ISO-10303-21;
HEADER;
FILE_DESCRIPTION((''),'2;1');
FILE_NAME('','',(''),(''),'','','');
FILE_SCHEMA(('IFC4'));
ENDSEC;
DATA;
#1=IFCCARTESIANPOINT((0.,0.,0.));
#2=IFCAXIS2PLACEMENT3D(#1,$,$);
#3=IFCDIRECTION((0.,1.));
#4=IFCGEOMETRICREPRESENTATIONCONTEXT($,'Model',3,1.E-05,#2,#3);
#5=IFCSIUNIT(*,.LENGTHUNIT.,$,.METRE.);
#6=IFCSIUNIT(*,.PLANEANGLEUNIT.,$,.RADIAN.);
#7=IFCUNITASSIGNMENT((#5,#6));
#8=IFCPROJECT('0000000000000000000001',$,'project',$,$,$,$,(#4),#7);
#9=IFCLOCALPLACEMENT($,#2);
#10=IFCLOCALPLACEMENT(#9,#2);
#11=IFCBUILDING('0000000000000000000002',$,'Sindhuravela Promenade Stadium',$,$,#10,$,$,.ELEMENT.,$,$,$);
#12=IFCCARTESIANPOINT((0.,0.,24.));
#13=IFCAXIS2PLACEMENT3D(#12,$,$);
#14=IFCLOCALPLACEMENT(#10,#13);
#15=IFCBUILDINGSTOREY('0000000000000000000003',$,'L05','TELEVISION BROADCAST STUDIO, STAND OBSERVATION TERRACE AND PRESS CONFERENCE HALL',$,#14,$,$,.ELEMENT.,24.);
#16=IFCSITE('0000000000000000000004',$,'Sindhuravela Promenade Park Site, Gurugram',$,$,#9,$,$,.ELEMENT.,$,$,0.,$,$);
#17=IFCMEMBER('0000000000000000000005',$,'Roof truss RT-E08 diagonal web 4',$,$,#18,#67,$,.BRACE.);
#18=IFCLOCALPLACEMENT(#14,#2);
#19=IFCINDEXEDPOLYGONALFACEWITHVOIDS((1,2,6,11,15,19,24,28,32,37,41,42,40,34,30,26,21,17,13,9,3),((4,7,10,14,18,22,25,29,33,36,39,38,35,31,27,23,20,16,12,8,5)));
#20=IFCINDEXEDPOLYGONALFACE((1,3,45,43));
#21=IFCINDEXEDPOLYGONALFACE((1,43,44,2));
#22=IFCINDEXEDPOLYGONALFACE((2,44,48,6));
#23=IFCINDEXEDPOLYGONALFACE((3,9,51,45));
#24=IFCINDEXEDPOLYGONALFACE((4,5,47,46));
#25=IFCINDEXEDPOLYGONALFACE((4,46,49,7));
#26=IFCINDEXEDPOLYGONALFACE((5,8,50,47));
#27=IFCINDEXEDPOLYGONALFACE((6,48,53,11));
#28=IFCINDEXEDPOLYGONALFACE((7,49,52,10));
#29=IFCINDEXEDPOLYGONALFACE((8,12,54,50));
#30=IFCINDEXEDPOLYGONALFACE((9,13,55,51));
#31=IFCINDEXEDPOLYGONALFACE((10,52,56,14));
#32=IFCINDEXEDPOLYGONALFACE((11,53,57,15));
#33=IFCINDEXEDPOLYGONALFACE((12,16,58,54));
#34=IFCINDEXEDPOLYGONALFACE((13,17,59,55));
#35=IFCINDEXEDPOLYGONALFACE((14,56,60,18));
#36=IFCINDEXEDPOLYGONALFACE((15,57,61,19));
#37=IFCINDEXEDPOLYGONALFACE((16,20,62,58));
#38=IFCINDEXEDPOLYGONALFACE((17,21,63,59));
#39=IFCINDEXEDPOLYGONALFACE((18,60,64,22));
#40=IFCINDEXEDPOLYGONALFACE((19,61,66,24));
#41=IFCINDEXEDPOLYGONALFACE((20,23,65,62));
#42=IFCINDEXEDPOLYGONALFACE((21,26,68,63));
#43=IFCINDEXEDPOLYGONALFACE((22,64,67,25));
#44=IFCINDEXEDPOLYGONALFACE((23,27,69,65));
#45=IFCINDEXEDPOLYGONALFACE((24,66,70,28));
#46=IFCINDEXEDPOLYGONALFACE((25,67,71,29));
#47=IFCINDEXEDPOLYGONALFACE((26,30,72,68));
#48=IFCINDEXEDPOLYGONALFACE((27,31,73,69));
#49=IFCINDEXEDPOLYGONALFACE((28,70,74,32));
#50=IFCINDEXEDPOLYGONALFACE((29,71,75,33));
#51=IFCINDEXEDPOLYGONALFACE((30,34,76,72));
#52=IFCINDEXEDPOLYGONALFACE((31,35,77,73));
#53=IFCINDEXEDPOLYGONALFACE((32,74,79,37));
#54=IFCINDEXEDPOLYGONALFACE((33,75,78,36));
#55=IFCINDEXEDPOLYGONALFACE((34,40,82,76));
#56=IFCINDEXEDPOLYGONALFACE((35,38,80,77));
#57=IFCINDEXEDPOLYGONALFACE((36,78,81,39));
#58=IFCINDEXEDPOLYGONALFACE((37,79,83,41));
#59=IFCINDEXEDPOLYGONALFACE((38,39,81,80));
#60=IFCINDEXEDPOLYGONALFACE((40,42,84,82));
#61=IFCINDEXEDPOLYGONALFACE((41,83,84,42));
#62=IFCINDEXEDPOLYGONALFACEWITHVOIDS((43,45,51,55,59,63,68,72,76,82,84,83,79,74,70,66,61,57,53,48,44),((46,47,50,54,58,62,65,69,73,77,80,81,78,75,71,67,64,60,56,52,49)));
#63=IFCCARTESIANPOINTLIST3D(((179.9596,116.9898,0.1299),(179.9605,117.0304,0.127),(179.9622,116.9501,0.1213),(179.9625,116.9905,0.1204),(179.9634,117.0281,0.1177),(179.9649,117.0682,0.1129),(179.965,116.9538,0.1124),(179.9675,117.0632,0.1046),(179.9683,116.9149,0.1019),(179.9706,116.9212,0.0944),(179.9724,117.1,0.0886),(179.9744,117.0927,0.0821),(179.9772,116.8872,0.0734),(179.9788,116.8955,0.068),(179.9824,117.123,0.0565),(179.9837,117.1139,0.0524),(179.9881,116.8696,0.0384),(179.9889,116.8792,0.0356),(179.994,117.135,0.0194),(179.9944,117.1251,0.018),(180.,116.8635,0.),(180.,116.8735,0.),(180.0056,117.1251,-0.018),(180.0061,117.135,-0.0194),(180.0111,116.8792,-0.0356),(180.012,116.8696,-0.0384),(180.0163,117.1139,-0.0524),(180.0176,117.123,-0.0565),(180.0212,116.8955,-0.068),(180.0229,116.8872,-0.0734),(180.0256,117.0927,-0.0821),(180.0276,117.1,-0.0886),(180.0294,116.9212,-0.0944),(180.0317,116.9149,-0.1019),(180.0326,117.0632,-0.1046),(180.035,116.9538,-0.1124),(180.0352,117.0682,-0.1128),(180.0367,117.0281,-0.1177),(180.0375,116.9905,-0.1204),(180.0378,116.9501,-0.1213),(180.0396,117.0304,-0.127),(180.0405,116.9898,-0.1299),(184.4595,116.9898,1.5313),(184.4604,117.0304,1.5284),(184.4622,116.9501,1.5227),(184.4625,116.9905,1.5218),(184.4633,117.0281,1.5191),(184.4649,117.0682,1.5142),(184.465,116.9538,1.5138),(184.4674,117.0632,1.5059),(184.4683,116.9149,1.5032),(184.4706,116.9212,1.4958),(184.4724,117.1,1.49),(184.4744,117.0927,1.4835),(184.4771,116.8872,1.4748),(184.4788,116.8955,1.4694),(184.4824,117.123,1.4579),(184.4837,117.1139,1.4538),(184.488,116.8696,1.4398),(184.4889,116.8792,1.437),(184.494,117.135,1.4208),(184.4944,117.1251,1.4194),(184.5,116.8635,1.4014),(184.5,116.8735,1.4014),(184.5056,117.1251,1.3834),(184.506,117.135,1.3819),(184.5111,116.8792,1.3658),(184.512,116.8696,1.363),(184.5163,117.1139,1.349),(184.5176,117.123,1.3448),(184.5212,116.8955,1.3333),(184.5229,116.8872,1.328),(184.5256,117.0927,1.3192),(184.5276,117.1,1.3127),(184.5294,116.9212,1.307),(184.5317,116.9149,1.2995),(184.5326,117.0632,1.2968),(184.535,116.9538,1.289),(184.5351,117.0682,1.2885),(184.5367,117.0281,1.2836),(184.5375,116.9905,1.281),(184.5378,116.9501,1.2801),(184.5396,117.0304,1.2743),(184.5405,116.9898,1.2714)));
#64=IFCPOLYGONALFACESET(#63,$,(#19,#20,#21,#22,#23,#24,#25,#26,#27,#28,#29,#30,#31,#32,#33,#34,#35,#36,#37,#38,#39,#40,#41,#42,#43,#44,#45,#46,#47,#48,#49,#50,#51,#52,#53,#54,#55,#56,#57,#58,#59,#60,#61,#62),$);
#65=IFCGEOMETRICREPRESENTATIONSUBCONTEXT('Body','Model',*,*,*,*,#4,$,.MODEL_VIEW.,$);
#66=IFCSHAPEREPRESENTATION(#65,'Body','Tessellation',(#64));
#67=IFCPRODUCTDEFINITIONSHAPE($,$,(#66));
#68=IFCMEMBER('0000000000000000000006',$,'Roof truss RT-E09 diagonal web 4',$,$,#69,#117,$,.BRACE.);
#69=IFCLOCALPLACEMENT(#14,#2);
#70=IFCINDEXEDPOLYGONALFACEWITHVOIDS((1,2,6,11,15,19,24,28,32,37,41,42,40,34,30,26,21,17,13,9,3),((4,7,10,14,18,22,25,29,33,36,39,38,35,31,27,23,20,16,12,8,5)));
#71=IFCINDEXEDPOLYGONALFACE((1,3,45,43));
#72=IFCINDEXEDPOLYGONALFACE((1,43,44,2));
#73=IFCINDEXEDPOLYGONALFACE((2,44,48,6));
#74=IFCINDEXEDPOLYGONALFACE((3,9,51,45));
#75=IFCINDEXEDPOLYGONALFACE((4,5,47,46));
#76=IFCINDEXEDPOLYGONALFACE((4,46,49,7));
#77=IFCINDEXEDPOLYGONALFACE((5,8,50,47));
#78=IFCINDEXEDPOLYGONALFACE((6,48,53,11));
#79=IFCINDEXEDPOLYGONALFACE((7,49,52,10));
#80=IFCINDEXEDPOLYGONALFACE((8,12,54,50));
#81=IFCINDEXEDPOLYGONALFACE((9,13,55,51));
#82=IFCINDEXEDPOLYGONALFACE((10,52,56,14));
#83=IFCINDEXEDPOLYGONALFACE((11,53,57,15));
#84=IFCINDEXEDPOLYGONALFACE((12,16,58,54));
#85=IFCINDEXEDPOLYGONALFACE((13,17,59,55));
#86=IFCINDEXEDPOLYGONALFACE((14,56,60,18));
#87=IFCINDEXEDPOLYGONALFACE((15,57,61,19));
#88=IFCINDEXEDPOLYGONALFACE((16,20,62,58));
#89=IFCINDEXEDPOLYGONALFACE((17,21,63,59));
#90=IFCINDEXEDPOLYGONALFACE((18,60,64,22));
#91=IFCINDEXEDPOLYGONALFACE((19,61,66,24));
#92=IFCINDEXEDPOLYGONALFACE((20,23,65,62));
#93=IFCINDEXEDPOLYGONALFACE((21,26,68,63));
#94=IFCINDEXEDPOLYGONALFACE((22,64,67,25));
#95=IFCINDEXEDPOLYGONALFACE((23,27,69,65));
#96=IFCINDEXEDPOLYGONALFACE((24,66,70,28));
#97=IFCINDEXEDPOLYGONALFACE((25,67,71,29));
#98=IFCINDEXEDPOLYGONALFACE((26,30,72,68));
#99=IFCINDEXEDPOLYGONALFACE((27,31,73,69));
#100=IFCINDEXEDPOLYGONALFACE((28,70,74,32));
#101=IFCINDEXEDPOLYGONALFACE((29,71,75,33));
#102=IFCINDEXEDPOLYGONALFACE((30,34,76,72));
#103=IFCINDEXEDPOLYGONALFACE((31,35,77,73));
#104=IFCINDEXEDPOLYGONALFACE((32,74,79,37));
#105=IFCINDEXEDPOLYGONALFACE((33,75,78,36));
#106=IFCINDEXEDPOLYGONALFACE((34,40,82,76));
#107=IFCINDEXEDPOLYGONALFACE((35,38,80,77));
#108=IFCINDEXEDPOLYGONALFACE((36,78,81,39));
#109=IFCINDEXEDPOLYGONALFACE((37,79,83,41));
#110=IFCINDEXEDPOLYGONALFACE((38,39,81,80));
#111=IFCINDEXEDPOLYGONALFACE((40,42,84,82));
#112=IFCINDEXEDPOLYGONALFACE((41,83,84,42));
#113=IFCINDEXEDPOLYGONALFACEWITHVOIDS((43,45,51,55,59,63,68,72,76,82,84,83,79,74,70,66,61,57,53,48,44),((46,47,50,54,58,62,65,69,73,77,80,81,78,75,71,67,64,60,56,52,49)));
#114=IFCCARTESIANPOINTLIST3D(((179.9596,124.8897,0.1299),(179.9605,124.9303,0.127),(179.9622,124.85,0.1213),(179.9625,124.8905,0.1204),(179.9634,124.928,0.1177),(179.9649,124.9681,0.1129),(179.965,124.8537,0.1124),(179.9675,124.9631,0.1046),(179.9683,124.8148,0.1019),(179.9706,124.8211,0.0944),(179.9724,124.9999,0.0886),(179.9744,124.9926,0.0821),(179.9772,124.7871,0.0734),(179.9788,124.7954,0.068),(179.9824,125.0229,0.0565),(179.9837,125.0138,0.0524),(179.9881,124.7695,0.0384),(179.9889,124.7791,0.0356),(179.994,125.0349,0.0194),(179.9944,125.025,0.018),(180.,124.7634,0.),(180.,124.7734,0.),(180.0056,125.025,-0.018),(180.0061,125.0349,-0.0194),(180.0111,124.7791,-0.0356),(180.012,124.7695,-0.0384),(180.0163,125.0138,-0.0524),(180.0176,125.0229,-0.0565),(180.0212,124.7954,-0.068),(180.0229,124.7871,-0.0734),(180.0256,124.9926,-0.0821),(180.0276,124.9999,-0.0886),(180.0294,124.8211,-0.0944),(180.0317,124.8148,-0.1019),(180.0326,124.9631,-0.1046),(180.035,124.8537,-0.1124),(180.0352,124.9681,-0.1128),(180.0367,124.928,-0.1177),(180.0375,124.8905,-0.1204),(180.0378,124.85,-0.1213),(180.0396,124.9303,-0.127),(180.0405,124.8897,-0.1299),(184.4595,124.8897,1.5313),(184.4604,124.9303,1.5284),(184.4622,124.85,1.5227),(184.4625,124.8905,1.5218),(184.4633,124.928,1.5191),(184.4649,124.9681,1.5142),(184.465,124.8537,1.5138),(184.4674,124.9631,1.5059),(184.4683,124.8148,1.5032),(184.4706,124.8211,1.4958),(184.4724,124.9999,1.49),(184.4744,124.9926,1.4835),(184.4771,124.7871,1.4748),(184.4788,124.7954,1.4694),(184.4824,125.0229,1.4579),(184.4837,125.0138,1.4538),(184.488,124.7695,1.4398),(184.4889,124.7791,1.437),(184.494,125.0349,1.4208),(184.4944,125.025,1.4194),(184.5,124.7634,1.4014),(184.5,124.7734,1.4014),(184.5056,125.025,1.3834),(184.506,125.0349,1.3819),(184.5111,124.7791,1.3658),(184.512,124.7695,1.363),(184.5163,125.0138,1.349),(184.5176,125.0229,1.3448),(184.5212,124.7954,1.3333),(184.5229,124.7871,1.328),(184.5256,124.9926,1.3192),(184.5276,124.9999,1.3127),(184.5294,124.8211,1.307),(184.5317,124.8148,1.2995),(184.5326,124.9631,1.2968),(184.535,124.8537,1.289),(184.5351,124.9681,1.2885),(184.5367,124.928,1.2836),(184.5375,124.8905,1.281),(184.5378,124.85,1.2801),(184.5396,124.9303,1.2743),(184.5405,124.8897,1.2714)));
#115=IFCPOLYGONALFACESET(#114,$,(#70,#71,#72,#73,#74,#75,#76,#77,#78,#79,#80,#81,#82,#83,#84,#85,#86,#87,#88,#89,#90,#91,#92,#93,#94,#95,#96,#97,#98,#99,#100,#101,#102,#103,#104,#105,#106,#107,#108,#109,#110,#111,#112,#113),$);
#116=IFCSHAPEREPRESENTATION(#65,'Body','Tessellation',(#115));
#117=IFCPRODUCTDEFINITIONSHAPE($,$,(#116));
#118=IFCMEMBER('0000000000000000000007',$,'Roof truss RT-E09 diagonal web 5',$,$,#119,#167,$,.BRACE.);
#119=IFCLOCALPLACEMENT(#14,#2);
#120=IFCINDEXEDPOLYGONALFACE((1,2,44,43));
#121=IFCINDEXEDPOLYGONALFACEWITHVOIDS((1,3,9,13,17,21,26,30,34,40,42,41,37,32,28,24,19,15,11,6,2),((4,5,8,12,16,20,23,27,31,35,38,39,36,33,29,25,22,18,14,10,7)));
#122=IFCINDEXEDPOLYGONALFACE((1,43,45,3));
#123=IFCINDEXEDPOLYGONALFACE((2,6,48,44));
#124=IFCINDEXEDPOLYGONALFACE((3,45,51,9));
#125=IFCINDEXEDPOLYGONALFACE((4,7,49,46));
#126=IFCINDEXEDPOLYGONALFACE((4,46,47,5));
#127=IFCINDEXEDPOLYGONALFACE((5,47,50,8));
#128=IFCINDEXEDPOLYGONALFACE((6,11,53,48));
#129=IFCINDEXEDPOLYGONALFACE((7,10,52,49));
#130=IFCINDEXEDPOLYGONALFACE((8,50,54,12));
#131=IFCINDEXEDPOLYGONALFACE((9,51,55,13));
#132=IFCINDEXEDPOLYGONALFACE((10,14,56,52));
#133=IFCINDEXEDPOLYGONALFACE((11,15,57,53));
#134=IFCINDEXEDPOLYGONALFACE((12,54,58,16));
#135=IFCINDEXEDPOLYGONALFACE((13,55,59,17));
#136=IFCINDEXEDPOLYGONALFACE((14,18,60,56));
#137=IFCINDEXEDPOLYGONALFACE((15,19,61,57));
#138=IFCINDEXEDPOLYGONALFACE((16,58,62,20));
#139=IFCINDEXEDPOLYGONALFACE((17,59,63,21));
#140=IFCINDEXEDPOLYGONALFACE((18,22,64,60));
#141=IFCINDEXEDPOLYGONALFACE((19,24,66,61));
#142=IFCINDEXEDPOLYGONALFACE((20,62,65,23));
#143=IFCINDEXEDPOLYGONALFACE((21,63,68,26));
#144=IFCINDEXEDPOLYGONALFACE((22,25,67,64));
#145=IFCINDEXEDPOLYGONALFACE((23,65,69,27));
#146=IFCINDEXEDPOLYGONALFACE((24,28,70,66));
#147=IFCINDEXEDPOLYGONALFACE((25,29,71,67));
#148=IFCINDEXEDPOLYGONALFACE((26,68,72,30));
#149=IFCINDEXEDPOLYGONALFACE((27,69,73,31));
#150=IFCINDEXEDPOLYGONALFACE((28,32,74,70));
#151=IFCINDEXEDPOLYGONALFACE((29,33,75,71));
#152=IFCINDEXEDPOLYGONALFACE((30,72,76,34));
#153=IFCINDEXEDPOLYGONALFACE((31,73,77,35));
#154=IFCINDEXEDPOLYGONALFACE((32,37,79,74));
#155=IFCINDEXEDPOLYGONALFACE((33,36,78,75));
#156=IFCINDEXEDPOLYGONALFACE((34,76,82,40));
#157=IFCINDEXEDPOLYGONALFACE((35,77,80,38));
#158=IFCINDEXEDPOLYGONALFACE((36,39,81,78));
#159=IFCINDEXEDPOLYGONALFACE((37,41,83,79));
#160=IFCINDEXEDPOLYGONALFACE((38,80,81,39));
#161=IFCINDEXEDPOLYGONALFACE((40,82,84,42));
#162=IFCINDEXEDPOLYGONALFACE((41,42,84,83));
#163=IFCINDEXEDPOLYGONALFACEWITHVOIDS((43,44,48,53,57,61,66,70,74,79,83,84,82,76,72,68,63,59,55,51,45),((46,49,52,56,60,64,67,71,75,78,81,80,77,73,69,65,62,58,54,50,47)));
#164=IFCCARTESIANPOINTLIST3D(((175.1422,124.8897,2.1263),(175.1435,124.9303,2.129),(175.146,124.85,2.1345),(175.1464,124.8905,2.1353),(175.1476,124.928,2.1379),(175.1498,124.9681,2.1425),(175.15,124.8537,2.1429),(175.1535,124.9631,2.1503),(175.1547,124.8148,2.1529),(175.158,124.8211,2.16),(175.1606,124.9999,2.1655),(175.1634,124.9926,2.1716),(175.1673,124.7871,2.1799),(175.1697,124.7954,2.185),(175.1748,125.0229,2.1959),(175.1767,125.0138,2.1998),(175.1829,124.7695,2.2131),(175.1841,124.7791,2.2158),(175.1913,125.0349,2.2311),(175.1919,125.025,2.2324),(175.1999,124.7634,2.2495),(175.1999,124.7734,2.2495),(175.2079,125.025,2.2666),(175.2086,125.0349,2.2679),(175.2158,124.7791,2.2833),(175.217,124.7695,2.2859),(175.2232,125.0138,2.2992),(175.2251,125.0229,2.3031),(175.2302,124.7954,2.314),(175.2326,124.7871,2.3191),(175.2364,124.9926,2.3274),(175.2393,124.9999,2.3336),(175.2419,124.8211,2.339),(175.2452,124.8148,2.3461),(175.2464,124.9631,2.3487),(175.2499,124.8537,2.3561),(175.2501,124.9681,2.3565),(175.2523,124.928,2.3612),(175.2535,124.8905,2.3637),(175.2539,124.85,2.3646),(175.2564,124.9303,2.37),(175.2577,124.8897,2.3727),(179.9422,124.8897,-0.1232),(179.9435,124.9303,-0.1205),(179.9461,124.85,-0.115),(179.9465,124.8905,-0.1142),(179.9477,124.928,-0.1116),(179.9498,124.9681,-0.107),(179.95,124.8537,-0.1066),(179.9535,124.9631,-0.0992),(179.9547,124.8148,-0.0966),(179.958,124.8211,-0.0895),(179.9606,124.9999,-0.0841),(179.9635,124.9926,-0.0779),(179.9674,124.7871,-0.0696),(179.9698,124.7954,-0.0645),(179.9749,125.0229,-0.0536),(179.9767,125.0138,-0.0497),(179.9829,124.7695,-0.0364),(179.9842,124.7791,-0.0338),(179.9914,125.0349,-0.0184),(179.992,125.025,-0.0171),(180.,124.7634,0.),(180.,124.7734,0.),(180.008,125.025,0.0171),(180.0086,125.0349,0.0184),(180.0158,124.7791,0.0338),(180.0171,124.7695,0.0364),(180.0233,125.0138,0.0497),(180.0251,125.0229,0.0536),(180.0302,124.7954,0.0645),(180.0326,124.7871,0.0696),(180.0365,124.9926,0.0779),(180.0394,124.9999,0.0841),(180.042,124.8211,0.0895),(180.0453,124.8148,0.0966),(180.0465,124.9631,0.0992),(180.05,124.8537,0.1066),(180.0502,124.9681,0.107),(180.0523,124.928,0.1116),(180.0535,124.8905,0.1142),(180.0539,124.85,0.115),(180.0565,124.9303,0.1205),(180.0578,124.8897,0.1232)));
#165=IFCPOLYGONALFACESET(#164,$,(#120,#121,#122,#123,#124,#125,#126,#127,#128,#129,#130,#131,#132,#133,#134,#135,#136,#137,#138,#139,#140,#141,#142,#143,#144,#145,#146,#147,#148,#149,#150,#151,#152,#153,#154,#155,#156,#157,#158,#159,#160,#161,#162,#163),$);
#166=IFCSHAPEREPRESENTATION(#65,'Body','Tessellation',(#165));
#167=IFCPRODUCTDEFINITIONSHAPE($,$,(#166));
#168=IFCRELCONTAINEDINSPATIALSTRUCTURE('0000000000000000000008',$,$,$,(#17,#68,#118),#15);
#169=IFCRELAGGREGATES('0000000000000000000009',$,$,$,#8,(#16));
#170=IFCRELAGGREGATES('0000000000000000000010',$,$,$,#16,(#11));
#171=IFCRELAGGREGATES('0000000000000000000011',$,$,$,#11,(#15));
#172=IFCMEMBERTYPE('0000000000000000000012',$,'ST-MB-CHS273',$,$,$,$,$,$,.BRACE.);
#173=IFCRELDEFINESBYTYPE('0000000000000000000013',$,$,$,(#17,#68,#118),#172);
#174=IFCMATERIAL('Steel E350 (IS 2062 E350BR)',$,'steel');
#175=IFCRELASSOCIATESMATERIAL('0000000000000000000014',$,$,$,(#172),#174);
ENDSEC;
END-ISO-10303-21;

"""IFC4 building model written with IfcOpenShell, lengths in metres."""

from ifc_helpers import new_model, si_unit, direction, frame, origin, origin_2d, place, context, subcontext, project, spatial, hollow_circle, extrude, material, material_profile, profile_set, type_object, element, save


model = new_model("IFC4")

# Units and contexts
model_context = context("Model", 3, precision=1e-05, world=origin(), true_north=direction((0.0, 1.0)))
body_context = subcontext(model_context, "Body", "Model", "MODEL_VIEW")
ifc_project = project(units=[si_unit("LENGTHUNIT", "METRE"), si_unit("PLANEANGLEUNIT", "RADIAN")], contexts=[model_context])

# Site, building, storey
site_placement = place(None, origin())
site = spatial("IfcSite", under=ifc_project, at=site_placement, Name="Sindhuravela Promenade Park Site, Gurugram", CompositionType="ELEMENT", RefElevation=0.0)
building_placement = place(site_placement, origin())
building = spatial("IfcBuilding", under=site, at=building_placement, Name="Sindhuravela Promenade Stadium", CompositionType="ELEMENT")
storey_placement = place(building_placement, frame((0.0, 0.0, 24.0)))
storey = spatial("IfcBuildingStorey", under=building, at=storey_placement, Name="L05", Description="TELEVISION BROADCAST STUDIO, STAND OBSERVATION TERRACE AND PRESS CONFERENCE HALL", CompositionType="ELEMENT", Elevation=24.0)

# Shared definitions
ifc_material_1 = material(Name="Steel E350 (IS 2062 E350BR)", Category="steel")

# Members
ifc_material_profile_1 = material_profile(ifc_material_1, hollow_circle(Radius=0.1365, WallThickness=0.01, at=origin_2d()), Name="CHS 273.0x10")
ifc_profile_set_1 = profile_set([ifc_material_profile_1], Name="Steel E350 (IS 2062 E350BR)")
member_type_1 = type_object("IfcMemberType", Name="ST-MB-CHS273", PredefinedType="BRACE", material=ifc_profile_set_1)
for number, where, z_axis, x_axis, name in (
    (1, (184.5, 117.0, 1.4014), (-0.954774, 0.0, -0.297331), (0.0, -1.0, 0.0), "Roof truss RT-E08 diagonal web 4"),
    (2, (184.5, 124.8999, 1.4014), (-0.954774, 0.0, -0.297331), (0.0, -1.0, 0.0), "Roof truss RT-E09 diagonal web 4"),
):
    element("IfcMember", number, at=place(storey_placement, frame(where, z_axis=z_axis, x_axis=x_axis)), inside=storey, type_object=member_type_1, Name=name, PredefinedType="BRACE", context=body_context, shape_type="SweptSolid", body=[
        extrude(hollow_circle(Radius=0.1365, WallThickness=0.01, at=origin_2d()), origin(), (0.0, 0.0, 1.0), 4.7131),
    ])
member_1_placement = place(storey_placement, frame((180.0, 124.8999, 0.0), z_axis=(-0.905496, 0.0, 0.424355), x_axis=(0.0, -1.0, 0.0)))
element("IfcMember", 3, at=member_1_placement, inside=storey, type_object=member_type_1, Name="Roof truss RT-E09 diagonal web 5", PredefinedType="BRACE", context=body_context, shape_type="SweptSolid", body=[
    extrude(hollow_circle(Radius=0.1365, WallThickness=0.01, at=origin_2d()), origin(), (0.0, 0.0, 1.0), 5.301),
])

save(model, "model.ifc")
